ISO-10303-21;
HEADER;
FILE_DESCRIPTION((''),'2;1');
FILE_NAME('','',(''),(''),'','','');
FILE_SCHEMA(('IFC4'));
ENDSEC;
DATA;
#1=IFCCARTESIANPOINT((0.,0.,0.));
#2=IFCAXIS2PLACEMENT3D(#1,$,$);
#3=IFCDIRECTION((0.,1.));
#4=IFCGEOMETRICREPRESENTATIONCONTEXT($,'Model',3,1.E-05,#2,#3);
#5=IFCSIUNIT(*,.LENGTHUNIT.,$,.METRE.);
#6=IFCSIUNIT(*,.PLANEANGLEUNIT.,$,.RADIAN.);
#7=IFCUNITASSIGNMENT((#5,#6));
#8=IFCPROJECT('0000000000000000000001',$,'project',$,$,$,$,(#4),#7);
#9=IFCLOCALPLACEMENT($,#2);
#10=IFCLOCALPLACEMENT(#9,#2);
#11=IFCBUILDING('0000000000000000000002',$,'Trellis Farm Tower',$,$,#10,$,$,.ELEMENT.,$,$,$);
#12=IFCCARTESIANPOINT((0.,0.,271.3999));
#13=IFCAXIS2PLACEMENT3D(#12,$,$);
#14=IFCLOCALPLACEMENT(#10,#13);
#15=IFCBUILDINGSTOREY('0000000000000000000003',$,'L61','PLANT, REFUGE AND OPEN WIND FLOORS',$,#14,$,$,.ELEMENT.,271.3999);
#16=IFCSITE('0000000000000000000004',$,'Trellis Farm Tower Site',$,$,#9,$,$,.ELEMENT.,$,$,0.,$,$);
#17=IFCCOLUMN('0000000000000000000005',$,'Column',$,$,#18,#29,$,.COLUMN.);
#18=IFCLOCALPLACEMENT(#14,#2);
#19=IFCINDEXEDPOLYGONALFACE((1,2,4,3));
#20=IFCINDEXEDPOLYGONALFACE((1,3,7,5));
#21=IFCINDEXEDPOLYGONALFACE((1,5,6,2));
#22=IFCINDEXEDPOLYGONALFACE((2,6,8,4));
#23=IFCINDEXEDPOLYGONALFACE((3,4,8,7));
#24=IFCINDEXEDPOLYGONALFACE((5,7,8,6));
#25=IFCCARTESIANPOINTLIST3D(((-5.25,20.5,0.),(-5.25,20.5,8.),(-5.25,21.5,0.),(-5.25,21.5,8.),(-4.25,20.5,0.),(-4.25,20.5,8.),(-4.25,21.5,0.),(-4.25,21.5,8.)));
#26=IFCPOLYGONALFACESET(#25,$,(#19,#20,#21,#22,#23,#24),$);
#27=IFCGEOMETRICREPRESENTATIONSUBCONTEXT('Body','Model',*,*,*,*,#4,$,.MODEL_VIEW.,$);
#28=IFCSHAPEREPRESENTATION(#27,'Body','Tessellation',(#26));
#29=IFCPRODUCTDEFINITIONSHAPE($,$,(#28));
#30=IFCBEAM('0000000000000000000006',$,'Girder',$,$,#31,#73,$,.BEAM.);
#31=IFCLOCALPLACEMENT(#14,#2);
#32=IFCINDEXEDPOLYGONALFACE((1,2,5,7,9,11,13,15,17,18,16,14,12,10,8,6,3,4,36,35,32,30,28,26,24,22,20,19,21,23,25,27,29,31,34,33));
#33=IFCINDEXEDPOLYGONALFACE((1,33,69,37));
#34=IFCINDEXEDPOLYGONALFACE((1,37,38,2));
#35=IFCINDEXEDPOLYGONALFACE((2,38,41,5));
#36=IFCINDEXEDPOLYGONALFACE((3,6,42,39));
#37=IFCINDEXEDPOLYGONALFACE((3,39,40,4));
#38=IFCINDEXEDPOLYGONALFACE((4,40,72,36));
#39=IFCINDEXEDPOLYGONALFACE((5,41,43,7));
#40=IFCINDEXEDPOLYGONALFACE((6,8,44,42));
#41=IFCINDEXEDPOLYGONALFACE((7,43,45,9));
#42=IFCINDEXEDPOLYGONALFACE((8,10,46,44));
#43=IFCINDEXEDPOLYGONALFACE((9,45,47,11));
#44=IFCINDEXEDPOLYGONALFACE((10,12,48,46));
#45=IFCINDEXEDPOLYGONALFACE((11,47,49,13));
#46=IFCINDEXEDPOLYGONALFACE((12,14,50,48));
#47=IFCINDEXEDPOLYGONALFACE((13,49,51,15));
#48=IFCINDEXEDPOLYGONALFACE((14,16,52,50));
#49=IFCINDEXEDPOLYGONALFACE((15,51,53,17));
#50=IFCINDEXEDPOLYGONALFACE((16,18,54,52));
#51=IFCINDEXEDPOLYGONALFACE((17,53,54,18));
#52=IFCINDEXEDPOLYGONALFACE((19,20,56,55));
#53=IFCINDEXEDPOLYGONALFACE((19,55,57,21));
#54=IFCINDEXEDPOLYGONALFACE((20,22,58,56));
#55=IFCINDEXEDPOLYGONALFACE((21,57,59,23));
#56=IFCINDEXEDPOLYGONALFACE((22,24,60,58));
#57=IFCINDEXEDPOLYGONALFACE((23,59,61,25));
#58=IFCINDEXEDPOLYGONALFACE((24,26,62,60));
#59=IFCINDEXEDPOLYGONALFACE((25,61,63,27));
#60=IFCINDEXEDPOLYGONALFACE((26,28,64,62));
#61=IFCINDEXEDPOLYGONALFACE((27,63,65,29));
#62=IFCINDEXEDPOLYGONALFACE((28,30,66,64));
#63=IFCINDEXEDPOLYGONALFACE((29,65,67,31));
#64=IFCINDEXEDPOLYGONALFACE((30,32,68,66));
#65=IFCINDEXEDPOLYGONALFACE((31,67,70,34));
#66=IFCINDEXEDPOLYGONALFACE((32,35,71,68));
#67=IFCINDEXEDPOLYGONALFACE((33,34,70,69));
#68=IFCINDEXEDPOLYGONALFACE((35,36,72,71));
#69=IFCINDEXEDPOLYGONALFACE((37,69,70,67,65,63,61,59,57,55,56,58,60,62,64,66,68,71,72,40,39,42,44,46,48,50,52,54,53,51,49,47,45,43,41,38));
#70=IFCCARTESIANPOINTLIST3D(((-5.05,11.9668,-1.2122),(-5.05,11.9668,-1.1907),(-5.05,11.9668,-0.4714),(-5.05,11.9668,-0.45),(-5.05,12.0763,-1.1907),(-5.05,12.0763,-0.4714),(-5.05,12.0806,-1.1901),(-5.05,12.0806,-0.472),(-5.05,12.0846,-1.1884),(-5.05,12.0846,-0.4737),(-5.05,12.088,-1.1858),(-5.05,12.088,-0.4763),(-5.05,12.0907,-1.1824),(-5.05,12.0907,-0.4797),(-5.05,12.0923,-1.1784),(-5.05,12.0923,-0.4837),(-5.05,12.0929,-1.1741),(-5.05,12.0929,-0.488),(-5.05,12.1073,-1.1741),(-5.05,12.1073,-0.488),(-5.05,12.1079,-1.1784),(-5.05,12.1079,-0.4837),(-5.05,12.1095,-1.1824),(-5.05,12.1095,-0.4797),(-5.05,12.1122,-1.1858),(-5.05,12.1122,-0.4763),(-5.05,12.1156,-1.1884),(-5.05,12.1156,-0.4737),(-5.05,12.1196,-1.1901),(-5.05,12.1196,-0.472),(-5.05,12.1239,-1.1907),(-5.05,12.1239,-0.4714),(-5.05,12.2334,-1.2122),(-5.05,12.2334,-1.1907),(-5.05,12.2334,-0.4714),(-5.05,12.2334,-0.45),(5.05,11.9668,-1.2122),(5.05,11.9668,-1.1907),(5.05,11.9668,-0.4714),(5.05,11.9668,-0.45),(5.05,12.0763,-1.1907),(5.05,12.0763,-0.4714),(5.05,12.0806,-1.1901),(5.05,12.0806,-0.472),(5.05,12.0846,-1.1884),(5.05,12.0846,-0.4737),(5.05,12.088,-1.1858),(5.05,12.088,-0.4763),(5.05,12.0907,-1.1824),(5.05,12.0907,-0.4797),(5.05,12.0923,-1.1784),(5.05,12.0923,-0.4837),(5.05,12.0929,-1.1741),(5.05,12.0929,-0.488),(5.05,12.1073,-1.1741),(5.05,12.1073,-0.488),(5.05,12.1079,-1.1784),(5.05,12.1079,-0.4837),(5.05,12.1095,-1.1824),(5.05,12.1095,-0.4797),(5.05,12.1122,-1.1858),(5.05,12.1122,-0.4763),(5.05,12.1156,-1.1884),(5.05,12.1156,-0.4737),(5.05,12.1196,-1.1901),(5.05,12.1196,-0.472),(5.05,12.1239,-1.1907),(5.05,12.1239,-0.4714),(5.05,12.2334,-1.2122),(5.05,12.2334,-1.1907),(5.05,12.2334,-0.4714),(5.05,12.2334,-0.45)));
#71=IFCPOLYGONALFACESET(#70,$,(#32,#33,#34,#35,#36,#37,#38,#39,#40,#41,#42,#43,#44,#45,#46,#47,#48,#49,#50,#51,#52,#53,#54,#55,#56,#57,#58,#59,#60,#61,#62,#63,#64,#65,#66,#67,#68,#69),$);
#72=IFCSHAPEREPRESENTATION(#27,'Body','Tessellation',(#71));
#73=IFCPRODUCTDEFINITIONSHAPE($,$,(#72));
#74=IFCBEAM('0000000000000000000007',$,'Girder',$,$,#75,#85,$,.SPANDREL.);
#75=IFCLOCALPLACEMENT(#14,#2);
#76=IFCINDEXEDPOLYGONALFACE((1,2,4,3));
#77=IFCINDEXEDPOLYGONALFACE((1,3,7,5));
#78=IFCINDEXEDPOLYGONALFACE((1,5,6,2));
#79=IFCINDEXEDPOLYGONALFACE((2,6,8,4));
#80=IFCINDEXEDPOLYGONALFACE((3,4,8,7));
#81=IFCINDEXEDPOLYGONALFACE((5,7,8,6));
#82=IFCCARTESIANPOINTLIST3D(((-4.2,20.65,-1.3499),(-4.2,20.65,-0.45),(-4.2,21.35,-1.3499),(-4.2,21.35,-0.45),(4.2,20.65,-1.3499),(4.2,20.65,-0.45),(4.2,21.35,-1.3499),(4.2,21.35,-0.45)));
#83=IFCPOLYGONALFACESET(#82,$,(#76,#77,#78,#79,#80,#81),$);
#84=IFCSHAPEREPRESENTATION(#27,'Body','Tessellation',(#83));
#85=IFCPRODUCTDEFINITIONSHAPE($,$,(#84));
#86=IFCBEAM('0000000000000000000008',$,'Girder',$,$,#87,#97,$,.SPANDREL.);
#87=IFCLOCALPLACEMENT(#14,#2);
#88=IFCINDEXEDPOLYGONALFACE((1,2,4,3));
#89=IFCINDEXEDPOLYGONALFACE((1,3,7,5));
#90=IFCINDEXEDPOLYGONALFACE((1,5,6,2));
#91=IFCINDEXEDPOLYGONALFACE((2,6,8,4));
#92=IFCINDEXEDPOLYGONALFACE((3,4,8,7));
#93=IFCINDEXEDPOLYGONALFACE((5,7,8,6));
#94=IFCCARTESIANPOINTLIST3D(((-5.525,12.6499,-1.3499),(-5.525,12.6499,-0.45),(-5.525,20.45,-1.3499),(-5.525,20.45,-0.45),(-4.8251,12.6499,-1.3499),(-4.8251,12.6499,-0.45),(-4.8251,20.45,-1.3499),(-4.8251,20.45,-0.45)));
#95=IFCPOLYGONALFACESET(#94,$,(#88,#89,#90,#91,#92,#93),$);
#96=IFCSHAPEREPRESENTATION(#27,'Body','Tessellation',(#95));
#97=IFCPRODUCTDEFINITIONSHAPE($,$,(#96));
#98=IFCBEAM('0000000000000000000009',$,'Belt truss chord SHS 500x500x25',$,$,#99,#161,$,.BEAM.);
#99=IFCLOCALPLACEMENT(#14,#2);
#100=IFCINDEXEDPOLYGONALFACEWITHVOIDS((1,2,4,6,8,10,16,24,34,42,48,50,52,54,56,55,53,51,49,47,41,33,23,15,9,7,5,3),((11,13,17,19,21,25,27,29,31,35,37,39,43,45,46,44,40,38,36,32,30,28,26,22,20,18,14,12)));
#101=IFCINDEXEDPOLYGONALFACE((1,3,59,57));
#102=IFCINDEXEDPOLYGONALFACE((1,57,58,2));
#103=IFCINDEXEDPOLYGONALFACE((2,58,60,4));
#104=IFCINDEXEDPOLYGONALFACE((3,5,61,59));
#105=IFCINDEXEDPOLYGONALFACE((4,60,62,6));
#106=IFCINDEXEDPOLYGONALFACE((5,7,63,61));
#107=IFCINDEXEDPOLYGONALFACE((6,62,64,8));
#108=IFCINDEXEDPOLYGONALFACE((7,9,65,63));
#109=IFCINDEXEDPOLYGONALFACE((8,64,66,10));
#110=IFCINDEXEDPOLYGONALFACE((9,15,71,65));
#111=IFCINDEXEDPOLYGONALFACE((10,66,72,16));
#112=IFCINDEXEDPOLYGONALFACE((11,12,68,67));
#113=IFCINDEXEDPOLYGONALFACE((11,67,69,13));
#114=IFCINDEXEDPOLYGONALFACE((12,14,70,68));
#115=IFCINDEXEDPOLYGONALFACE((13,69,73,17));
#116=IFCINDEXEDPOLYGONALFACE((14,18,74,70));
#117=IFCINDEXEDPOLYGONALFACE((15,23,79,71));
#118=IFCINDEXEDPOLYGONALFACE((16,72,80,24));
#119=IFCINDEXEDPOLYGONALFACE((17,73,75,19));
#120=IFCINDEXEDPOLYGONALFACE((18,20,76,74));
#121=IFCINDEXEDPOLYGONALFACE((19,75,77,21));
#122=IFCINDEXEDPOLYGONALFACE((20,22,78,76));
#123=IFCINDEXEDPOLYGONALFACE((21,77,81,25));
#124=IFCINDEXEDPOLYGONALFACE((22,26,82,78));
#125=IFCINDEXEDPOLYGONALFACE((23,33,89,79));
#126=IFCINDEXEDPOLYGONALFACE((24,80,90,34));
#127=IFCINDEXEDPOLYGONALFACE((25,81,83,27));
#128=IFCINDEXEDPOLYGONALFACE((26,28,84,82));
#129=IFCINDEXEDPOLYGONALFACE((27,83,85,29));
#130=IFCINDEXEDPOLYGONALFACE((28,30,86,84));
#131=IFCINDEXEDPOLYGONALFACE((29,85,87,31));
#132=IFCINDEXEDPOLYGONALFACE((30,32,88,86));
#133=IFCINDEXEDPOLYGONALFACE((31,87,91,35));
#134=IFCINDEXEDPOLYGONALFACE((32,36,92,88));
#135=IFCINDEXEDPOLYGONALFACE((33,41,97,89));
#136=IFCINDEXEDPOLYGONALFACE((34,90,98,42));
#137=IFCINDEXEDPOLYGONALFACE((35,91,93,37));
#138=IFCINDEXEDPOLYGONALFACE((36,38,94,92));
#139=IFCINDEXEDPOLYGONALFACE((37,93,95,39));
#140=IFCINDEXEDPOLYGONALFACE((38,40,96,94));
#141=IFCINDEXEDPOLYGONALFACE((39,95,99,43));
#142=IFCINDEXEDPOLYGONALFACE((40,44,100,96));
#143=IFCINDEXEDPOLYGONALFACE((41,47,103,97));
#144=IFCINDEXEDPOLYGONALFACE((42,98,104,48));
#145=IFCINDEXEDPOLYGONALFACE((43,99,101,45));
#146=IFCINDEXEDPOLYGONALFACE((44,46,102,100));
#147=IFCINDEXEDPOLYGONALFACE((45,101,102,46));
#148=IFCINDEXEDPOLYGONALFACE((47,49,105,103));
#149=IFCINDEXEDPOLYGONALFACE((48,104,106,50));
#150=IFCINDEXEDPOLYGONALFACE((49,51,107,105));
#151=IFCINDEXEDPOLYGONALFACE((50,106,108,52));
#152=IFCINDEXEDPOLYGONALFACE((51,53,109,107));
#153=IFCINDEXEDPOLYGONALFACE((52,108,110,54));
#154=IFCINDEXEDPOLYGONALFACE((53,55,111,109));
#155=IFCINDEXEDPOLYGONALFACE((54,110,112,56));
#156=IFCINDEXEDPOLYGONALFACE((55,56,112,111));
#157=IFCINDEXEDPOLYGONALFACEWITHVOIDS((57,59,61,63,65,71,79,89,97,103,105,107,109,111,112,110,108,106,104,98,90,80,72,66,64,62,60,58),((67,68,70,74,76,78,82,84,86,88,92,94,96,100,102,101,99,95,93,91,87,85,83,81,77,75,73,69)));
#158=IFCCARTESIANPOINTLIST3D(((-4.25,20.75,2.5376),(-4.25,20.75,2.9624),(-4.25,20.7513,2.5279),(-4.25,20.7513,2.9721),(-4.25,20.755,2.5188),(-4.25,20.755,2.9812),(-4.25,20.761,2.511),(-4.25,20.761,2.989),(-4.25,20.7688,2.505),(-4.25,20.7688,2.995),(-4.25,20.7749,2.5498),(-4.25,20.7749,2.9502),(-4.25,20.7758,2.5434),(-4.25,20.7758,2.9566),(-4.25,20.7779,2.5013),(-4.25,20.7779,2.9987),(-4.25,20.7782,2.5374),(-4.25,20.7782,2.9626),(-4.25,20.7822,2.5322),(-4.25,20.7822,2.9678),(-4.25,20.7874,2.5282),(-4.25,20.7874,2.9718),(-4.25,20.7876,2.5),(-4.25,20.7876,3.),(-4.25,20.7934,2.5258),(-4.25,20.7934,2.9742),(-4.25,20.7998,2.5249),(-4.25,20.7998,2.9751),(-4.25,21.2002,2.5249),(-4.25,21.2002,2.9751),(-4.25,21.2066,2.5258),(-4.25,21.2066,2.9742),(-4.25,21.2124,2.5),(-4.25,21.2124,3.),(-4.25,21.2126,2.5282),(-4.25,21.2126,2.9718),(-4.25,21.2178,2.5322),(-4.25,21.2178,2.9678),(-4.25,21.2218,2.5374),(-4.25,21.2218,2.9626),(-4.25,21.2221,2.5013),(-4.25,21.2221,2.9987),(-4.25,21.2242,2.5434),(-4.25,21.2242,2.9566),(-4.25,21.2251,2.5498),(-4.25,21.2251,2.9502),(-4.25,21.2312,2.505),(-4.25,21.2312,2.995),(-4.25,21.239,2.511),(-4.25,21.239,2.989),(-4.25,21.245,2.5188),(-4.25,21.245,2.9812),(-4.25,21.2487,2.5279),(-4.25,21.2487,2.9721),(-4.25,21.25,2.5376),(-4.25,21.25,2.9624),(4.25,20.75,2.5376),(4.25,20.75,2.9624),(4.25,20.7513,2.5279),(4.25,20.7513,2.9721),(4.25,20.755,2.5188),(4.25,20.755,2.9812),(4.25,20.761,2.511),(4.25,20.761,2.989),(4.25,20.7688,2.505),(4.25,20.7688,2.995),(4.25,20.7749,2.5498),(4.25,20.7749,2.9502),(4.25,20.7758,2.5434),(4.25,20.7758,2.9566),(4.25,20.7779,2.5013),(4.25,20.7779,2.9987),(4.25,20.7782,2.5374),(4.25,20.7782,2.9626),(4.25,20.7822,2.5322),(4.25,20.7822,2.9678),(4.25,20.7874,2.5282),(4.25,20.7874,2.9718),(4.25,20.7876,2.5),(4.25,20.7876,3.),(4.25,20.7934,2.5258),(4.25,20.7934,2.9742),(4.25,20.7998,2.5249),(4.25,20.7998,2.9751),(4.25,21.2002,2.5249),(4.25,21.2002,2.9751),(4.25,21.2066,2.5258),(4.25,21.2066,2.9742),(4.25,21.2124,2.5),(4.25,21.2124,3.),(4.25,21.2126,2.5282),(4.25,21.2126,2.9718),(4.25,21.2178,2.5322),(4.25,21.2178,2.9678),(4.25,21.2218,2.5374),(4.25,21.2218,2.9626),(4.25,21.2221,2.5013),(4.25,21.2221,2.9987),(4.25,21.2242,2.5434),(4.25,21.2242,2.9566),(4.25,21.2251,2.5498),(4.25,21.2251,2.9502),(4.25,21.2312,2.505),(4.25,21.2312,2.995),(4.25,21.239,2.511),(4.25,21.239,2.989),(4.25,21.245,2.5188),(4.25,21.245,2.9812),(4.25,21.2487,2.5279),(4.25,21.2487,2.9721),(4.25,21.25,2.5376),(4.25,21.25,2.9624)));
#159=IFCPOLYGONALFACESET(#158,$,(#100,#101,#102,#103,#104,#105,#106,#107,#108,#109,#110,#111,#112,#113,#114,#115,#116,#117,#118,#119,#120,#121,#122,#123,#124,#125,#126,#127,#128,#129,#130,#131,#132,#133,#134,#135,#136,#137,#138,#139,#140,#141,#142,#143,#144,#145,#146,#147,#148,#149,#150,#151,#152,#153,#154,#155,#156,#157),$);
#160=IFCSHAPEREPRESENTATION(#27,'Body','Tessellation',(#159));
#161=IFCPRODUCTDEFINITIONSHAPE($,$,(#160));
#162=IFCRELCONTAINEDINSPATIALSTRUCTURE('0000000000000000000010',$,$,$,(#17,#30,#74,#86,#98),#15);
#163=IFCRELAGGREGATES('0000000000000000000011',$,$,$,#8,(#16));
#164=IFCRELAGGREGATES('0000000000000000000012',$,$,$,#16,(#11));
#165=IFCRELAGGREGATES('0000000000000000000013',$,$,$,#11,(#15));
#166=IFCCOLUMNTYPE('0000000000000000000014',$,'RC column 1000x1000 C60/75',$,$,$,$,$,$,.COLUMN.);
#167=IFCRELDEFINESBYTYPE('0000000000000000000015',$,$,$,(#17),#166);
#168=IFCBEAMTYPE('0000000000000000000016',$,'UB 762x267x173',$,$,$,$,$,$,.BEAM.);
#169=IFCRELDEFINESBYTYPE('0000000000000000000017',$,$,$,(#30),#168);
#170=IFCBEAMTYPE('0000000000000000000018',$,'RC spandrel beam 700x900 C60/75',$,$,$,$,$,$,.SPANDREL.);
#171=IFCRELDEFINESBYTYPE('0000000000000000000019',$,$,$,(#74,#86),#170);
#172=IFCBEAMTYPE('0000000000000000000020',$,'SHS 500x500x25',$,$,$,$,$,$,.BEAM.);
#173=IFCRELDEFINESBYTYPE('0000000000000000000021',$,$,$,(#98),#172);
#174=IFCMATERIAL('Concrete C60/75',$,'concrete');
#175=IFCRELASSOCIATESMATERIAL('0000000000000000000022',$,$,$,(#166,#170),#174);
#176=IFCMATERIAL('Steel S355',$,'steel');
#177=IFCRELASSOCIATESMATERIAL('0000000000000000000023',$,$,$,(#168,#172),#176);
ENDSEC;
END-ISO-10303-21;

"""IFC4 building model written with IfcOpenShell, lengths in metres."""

from ifc_helpers import new_model, si_unit, direction, frame, origin, origin_2d, place, context, subcontext, project, spatial, rectangle, hollow_rectangle, i_section, extrude, source, transform, mapped, material, material_profile, profile_set, type_object, element, save


model = new_model("IFC4")

# Units and contexts
model_context = context("Model", 3, precision=1e-05, world=origin(), true_north=direction((0.0, 1.0)))
body_context = subcontext(model_context, "Body", "Model", "MODEL_VIEW")
ifc_project = project(units=[si_unit("LENGTHUNIT", "METRE"), si_unit("PLANEANGLEUNIT", "RADIAN")], contexts=[model_context])

# Site, building, storey
site_placement = place(None, origin())
site = spatial("IfcSite", under=ifc_project, at=site_placement, Name="Trellis Farm Tower Site", CompositionType="ELEMENT", RefElevation=0.0)
building_placement = place(site_placement, origin())
building = spatial("IfcBuilding", under=site, at=building_placement, Name="Trellis Farm Tower", CompositionType="ELEMENT")
storey_placement = place(building_placement, frame((0.0, 0.0, 271.3999)))
storey = spatial("IfcBuildingStorey", under=building, at=storey_placement, Name="L61", Description="PLANT, REFUGE AND OPEN WIND FLOORS", CompositionType="ELEMENT", Elevation=271.3999)

# Column
ifc_material_1 = material(Name="Concrete C60/75", Category="concrete")
ifc_material_profile_1 = material_profile(ifc_material_1, rectangle(XDim=1.0, YDim=1.0, at=origin_2d()), Name="RC column 1000x1000 C60/75")
ifc_profile_set_1 = profile_set([ifc_material_profile_1], Name="Concrete C60/75")
column_type = type_object("IfcColumnType", Name="RC column 1000x1000 C60/75", PredefinedType="COLUMN", material=ifc_profile_set_1)
shared_shape_1 = source(origin(), body_context, "Body", "SweptSolid", [
    extrude(rectangle(XDim=1.0, YDim=1.0, at=origin_2d()), origin(), (0.0, 0.0, 1.0), 8.0),
])
column_placement = place(storey_placement, frame((-4.75, 21.0, 0.0), z_axis=(0.0, 0.0, 1.0), x_axis=(1.0, 0.0, 0.0)))
element("IfcColumn", 1, at=column_placement, inside=storey, type_object=column_type, Name="Column", PredefinedType="COLUMN", context=body_context, shape_type="MappedRepresentation", body=[
    mapped(shared_shape_1, transform((0.0, 0.0, 0.0))),
])

# Beams
ifc_material_2 = material(Name="Steel S355", Category="steel")
ifc_material_profile_2 = material_profile(ifc_material_2, i_section(OverallWidth=0.2666, OverallDepth=0.7622, WebThickness=0.0144, FlangeThickness=0.0215, FilletRadius=0.0166, at=origin_2d()), Name="UB 762x267x173")
ifc_profile_set_2 = profile_set([ifc_material_profile_2], Name="Steel S355")
beam_type_1 = type_object("IfcBeamType", Name="UB 762x267x173", PredefinedType="BEAM", material=ifc_profile_set_2)
shared_shape_2 = source(origin(), body_context, "Body", "SweptSolid", [
    extrude(i_section(OverallWidth=0.2666, OverallDepth=0.7622, WebThickness=0.0144, FlangeThickness=0.0215, FilletRadius=0.0166, at=origin_2d()), origin(), (0.0, 0.0, 1.0), 10.1001),
])
beam_1_placement = place(storey_placement, frame((-5.05, 12.1001, -0.8311), z_axis=(1.0, 0.0, 0.0), x_axis=(0.0, 1.0, 0.0)))
element("IfcBeam", 2, at=beam_1_placement, inside=storey, type_object=beam_type_1, Name="Girder", PredefinedType="BEAM", context=body_context, shape_type="MappedRepresentation", body=[
    mapped(shared_shape_2, transform((0.0, 0.0, 0.0))),
])
ifc_material_profile_3 = material_profile(ifc_material_1, rectangle(XDim=0.7, YDim=0.8999, at=origin_2d()), Name="RC spandrel beam 700x900 C60/75")
ifc_profile_set_3 = profile_set([ifc_material_profile_3], Name="Concrete C60/75")
beam_type_2 = type_object("IfcBeamType", Name="RC spandrel beam 700x900 C60/75", PredefinedType="SPANDREL", material=ifc_profile_set_3)
shared_shape_3 = source(origin(), body_context, "Body", "SweptSolid", [
    extrude(rectangle(XDim=0.7, YDim=0.8999, at=origin_2d()), origin(), (0.0, 0.0, 1.0), 8.3999),
])
beam_2_placement = place(storey_placement, frame((-4.2, 21.0, -0.8999), z_axis=(1.0, 0.0, 0.0), x_axis=(0.0, 1.0, 0.0)))
element("IfcBeam", 3, at=beam_2_placement, inside=storey, type_object=beam_type_2, Name="Girder", PredefinedType="SPANDREL", context=body_context, shape_type="MappedRepresentation", body=[
    mapped(shared_shape_3, transform((0.0, 0.0, 0.0))),
])
shared_shape_4 = source(origin(), body_context, "Body", "SweptSolid", [
    extrude(rectangle(XDim=0.7, YDim=0.8999, at=origin_2d()), origin(), (0.0, 0.0, 1.0), 7.8),
])
beam_3_placement = place(storey_placement, frame((-5.175, 12.6499, -0.8999), z_axis=(0.0, 1.0, 0.0), x_axis=(-1.0, 0.0, 0.0)))
element("IfcBeam", 4, at=beam_3_placement, inside=storey, type_object=beam_type_2, Name="Girder", PredefinedType="SPANDREL", context=body_context, shape_type="MappedRepresentation", body=[
    mapped(shared_shape_4, transform((0.0, 0.0, 0.0))),
])
ifc_material_profile_4 = material_profile(ifc_material_2, hollow_rectangle(XDim=0.5, YDim=0.5, WallThickness=0.0249, InnerFilletRadius=0.0249, OuterFilletRadius=0.0376, at=origin_2d()), Name="SHS 500x500x25")
ifc_profile_set_4 = profile_set([ifc_material_profile_4], Name="Steel S355")
beam_type_3 = type_object("IfcBeamType", Name="SHS 500x500x25", PredefinedType="BEAM", material=ifc_profile_set_4)
shared_shape_5 = source(origin(), body_context, "Body", "SweptSolid", [
    extrude(hollow_rectangle(XDim=0.5, YDim=0.5, WallThickness=0.0249, InnerFilletRadius=0.0249, OuterFilletRadius=0.0376, at=origin_2d()), origin(), (0.0, 0.0, 1.0), 8.5),
])
beam_4_placement = place(storey_placement, frame((-4.25, 21.0, 2.75), z_axis=(1.0, 0.0, 0.0), x_axis=(0.0, 1.0, 0.0)))
element("IfcBeam", 5, at=beam_4_placement, inside=storey, type_object=beam_type_3, Name="Belt truss chord SHS 500x500x25", PredefinedType="BEAM", context=body_context, shape_type="MappedRepresentation", body=[
    mapped(shared_shape_5, transform((0.0, 0.0, 0.0))),
])

save(model, "model.ifc")
